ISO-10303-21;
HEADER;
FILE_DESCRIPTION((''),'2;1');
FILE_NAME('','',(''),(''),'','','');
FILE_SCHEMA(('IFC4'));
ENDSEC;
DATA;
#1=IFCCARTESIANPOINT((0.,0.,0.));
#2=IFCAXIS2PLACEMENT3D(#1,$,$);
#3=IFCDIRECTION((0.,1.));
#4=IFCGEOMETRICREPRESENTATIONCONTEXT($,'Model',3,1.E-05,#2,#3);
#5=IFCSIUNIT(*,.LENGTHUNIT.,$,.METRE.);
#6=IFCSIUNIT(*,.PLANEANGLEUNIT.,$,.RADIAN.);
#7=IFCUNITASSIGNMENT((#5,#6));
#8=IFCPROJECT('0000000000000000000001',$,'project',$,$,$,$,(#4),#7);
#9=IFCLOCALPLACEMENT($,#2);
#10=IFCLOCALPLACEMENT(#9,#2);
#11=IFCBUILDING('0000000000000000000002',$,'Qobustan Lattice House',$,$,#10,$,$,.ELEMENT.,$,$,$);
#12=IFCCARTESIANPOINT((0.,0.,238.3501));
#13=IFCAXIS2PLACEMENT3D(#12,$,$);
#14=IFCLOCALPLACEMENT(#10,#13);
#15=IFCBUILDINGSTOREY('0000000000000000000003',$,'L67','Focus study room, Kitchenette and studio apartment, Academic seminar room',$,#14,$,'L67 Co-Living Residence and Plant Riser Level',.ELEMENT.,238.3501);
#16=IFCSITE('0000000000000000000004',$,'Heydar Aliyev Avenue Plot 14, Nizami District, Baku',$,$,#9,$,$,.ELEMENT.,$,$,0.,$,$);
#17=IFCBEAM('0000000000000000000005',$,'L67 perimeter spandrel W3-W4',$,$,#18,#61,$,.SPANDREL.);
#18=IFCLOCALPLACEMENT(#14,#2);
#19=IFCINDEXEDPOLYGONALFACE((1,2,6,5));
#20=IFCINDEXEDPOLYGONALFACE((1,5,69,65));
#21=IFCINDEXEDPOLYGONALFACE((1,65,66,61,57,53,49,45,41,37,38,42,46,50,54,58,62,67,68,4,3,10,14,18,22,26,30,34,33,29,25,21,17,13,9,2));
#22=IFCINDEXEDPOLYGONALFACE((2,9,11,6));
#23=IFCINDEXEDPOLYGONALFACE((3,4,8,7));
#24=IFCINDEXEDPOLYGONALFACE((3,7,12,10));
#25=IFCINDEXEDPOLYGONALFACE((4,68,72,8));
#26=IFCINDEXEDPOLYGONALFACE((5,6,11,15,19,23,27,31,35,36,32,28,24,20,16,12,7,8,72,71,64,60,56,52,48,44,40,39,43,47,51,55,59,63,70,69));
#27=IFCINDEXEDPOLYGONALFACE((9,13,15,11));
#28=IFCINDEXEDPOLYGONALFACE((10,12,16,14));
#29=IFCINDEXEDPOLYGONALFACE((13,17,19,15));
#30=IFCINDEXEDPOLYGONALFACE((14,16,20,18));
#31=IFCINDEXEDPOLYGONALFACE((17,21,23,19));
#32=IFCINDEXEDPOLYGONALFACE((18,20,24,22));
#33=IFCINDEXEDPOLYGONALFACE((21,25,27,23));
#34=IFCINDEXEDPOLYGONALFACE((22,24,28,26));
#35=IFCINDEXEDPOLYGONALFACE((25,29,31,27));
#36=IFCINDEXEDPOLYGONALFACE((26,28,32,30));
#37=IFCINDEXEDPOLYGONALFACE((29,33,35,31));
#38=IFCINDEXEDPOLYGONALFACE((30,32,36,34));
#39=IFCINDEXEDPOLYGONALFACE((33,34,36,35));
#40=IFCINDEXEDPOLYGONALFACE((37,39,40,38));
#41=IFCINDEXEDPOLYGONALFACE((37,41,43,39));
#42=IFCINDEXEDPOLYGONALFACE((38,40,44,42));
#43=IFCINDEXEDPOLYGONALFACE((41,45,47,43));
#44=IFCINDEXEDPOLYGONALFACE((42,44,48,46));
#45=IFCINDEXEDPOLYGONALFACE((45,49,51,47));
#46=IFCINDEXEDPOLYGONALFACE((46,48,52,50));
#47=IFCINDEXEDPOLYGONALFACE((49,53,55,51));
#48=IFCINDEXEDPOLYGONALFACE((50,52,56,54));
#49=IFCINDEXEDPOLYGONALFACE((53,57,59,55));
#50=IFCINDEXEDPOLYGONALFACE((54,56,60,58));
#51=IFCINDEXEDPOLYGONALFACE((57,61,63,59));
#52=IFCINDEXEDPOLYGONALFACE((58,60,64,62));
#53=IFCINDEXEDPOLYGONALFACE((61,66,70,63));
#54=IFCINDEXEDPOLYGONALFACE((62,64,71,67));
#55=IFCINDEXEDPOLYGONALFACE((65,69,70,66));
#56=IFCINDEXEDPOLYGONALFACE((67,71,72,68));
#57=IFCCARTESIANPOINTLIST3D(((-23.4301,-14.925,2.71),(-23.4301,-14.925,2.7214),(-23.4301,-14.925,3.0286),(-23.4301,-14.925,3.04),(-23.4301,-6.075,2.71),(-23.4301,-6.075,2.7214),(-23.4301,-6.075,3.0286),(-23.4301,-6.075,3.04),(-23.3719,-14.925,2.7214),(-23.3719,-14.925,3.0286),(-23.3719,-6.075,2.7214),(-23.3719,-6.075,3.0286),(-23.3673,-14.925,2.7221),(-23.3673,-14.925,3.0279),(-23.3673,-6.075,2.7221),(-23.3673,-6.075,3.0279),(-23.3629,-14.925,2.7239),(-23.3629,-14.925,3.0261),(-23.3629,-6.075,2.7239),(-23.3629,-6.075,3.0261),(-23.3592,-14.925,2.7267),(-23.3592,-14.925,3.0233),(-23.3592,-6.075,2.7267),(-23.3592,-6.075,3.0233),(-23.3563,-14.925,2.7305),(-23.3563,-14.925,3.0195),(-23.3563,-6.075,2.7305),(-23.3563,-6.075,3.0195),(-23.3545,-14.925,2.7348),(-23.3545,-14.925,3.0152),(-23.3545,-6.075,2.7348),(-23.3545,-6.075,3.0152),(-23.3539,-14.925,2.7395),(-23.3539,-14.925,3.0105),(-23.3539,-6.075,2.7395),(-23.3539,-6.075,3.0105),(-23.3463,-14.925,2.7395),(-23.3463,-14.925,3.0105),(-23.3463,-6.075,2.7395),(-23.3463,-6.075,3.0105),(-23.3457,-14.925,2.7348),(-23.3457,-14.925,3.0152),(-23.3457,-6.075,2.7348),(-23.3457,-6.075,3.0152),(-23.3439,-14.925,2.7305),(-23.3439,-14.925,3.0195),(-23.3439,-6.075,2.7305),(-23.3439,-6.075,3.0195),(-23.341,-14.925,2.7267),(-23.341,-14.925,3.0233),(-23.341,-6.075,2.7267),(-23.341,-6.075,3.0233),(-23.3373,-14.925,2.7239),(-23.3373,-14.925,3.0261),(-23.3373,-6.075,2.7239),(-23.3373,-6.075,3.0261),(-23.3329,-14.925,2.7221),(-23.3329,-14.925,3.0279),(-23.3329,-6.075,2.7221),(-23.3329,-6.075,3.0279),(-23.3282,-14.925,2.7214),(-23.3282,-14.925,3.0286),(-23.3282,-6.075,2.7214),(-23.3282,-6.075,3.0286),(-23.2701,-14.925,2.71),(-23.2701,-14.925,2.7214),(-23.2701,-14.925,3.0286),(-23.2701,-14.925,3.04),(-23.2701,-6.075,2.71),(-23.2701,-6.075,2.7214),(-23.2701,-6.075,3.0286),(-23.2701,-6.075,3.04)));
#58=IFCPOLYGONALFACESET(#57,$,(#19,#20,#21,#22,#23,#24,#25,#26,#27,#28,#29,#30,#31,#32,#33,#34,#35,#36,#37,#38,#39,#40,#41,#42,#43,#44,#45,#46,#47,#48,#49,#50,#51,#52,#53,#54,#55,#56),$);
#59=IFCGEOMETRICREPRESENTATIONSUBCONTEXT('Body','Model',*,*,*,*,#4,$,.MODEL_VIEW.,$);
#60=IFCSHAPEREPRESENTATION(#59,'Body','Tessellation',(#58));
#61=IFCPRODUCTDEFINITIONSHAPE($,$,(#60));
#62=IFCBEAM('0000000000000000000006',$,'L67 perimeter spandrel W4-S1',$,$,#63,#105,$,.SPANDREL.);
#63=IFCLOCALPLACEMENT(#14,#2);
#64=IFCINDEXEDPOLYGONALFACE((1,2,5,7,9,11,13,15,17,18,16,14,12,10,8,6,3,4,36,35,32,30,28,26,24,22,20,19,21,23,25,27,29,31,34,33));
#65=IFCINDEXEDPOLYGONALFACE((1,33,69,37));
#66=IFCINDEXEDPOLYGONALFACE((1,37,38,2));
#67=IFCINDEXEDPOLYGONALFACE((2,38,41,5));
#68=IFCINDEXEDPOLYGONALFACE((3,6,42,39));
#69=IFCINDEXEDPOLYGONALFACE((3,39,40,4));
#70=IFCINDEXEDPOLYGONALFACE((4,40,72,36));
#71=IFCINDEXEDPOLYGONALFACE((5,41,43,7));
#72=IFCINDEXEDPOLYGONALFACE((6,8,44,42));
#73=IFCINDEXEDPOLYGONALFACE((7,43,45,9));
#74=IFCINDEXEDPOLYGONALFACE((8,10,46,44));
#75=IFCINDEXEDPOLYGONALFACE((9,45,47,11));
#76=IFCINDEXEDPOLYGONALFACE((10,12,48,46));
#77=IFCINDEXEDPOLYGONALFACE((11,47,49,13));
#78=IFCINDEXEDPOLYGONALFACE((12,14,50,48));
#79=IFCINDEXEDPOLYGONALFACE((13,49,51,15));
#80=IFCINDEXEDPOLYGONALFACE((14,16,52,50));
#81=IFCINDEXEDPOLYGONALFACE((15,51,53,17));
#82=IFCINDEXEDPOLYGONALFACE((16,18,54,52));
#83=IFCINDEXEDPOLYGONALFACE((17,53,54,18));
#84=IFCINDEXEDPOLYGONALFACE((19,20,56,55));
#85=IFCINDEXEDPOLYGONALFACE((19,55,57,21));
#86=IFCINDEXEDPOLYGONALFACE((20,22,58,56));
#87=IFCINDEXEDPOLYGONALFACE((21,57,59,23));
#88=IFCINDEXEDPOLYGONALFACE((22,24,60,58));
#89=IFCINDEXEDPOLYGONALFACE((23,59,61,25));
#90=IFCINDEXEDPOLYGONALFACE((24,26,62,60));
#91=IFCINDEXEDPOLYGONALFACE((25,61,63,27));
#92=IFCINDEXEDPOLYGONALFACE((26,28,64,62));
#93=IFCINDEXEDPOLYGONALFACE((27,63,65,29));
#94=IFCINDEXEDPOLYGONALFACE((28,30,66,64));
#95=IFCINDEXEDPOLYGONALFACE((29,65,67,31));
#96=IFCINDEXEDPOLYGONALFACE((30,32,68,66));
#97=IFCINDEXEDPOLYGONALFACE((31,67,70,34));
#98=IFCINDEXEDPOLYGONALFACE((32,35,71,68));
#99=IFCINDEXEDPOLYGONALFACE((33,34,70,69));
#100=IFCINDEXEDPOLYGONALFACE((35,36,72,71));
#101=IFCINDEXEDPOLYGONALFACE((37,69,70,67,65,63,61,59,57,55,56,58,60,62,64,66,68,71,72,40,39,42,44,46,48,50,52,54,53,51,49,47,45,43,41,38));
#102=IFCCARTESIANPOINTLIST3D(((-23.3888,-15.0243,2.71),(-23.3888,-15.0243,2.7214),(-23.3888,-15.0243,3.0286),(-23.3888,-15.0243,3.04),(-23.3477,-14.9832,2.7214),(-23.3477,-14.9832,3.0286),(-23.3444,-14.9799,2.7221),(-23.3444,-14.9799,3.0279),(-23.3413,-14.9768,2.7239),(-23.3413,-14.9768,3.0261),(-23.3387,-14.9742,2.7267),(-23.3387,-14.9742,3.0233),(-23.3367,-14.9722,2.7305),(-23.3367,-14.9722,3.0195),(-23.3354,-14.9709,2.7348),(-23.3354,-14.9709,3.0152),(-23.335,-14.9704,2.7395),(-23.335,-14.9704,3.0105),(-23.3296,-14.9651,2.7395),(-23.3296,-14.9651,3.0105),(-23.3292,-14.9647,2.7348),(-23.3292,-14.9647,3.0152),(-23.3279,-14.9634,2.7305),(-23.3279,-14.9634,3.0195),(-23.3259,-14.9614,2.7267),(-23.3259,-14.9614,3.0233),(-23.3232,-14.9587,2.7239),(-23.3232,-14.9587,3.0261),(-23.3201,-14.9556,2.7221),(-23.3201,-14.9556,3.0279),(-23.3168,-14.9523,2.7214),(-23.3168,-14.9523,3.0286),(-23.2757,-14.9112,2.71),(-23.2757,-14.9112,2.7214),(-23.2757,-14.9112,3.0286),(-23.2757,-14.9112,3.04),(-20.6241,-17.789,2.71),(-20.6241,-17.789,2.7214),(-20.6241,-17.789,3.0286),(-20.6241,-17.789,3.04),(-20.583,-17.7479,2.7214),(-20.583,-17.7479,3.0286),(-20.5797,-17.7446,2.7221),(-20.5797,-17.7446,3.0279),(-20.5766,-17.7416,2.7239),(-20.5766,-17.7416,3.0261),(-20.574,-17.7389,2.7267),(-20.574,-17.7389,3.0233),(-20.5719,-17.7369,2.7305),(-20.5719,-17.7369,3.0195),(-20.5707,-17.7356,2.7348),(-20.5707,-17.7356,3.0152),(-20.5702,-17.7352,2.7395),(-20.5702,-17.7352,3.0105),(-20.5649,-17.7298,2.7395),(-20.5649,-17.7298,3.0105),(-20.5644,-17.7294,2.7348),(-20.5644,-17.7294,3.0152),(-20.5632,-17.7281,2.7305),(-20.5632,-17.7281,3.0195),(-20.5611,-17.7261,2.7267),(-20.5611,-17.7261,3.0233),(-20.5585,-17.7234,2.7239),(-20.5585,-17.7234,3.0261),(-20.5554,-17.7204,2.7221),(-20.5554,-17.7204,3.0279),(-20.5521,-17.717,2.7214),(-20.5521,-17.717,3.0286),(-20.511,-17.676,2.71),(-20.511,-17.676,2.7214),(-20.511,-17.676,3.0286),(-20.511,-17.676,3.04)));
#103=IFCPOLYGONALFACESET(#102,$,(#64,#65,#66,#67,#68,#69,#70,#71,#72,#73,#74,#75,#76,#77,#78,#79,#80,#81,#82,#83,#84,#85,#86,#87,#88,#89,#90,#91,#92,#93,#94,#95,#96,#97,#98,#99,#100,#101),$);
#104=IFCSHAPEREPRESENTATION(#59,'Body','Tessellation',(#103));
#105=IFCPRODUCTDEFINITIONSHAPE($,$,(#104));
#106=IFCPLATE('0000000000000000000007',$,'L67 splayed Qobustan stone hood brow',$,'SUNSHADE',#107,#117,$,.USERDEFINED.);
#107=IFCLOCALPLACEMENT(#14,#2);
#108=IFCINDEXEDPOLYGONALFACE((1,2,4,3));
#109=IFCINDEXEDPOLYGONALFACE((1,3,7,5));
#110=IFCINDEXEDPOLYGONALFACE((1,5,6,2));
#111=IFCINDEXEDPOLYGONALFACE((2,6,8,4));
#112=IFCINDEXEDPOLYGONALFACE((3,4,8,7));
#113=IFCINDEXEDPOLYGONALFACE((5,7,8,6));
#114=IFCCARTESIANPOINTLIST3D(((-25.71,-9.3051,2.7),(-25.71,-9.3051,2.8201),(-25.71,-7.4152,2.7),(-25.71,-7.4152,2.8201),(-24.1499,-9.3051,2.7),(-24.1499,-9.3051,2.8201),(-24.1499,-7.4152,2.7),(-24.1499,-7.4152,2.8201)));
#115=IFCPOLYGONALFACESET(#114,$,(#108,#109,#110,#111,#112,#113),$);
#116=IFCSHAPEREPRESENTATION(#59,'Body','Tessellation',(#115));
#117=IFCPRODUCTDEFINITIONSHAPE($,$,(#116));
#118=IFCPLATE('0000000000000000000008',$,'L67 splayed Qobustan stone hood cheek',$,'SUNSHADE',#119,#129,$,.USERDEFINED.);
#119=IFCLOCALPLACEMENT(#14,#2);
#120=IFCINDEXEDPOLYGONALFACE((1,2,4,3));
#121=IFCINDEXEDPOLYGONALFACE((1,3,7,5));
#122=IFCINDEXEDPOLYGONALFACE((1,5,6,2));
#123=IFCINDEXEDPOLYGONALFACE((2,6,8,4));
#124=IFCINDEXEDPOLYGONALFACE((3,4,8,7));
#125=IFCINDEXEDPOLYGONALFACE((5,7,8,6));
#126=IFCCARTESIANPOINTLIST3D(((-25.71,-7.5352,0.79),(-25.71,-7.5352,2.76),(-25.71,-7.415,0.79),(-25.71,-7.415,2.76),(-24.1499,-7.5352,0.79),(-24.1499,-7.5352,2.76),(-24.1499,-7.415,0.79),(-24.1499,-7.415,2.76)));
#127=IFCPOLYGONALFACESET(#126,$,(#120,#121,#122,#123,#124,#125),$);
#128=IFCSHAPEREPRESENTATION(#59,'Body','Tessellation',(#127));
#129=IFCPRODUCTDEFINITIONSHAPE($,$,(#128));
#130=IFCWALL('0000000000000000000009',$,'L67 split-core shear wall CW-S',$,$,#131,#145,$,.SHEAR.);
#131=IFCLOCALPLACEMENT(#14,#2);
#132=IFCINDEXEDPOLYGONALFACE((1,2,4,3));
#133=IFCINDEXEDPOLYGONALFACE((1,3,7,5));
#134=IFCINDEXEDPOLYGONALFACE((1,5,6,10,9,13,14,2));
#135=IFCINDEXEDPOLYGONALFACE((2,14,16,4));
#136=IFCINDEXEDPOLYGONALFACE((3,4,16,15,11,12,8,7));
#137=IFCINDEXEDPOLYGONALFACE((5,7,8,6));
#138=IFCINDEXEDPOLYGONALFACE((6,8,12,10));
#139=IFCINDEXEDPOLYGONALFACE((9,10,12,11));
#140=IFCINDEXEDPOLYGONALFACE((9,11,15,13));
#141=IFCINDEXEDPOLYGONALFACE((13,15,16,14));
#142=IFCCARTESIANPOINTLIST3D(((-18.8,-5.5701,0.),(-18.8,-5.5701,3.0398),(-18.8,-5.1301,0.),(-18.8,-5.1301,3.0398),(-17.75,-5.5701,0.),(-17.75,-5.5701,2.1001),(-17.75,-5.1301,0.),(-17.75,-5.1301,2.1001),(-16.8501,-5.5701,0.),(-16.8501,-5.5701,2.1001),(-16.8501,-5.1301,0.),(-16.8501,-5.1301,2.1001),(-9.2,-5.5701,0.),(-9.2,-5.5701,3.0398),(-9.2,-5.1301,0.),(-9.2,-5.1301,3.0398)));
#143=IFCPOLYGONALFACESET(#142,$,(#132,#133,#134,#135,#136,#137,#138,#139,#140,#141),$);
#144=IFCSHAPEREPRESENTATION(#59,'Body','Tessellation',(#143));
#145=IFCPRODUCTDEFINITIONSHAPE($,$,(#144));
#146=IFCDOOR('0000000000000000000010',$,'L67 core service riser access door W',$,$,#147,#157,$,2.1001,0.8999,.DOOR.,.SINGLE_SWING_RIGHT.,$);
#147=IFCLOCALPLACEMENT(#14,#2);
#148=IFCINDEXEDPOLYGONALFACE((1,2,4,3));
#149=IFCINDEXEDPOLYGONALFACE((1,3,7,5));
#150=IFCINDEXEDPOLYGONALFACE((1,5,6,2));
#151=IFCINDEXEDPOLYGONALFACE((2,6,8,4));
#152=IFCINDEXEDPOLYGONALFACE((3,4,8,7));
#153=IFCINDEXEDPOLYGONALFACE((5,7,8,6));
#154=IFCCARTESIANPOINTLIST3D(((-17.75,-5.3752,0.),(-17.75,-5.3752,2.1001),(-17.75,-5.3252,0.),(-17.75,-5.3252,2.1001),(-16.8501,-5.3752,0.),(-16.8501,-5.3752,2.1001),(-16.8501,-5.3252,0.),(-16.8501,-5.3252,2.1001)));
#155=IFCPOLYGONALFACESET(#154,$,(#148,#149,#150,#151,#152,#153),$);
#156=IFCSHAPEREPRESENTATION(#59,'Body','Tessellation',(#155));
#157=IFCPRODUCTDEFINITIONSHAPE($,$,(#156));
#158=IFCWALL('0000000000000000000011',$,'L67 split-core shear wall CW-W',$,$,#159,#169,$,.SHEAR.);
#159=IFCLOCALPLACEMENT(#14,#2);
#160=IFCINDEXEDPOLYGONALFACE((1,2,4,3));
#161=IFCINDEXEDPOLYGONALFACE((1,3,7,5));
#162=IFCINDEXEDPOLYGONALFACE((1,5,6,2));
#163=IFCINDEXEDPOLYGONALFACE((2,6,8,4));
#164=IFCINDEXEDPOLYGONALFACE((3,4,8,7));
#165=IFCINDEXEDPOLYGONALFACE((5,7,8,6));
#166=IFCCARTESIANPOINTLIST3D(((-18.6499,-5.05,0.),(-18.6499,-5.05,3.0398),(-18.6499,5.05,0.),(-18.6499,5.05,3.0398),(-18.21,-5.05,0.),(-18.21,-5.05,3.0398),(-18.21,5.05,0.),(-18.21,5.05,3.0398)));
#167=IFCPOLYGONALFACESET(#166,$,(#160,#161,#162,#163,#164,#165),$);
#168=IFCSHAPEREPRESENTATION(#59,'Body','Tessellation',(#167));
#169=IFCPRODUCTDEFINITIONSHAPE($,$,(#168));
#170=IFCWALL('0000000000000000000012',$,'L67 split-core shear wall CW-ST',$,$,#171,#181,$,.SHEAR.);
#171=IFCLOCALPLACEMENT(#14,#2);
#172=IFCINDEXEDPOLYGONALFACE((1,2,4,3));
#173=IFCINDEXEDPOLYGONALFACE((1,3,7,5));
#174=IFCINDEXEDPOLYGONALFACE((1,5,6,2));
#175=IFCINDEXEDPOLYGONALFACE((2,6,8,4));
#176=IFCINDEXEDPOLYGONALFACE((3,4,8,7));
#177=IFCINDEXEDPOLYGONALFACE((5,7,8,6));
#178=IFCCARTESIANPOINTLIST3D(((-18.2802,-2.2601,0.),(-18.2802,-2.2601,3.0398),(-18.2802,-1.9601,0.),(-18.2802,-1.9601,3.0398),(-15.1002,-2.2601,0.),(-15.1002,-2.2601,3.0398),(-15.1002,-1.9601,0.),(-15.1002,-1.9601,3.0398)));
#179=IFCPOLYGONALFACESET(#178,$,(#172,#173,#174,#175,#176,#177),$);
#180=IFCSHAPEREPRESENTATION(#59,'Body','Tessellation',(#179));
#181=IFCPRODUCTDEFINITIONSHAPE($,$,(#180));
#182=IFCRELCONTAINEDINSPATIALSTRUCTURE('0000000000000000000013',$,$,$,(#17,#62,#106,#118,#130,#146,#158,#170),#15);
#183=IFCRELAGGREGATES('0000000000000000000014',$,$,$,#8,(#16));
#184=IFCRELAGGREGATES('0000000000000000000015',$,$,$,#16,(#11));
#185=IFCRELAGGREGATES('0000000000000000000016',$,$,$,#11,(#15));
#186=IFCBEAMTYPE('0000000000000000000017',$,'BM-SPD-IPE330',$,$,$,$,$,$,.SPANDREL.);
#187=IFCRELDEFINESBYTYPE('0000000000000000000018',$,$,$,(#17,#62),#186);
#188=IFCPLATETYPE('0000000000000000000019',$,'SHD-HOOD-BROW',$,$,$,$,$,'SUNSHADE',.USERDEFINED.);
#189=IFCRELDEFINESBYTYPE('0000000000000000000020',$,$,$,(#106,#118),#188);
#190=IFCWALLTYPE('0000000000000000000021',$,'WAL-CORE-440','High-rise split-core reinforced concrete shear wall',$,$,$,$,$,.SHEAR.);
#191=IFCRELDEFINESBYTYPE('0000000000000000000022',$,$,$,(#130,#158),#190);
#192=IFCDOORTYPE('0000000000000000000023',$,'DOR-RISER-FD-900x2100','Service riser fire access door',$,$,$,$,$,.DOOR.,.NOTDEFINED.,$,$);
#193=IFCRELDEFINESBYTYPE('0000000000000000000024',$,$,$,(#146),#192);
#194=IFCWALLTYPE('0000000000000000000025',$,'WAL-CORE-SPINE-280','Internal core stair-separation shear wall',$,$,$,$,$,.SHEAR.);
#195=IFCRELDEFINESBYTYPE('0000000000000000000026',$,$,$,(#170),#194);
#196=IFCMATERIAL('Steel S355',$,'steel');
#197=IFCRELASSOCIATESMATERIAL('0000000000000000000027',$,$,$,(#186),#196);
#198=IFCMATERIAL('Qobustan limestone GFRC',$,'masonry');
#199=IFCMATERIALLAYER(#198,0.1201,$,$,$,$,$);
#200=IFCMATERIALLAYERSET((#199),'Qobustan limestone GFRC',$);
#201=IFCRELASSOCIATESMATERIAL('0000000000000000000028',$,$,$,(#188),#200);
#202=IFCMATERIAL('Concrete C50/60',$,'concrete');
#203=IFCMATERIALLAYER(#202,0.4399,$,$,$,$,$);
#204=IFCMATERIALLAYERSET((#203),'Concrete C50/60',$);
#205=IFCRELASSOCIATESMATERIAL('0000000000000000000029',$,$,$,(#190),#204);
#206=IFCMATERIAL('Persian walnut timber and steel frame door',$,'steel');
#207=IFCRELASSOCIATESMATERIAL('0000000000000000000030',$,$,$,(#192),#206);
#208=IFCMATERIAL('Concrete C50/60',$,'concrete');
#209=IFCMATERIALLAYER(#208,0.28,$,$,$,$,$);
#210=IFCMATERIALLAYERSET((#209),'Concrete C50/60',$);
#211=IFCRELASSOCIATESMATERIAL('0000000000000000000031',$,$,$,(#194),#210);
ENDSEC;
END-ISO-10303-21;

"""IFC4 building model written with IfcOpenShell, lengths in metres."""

from ifc_helpers import new_model, si_unit, direction, frame, frame_2d, origin, origin_2d, place, context, subcontext, project, spatial, rectangle, i_section, extrude, material, layer, layer_set, material_profile, profile_set, type_object, element, fill, save


model = new_model("IFC4")

# Units and contexts
model_context = context("Model", 3, precision=1e-05, world=origin(), true_north=direction((0.0, 1.0)))
body_context = subcontext(model_context, "Body", "Model", "MODEL_VIEW")
ifc_project = project(units=[si_unit("LENGTHUNIT", "METRE"), si_unit("PLANEANGLEUNIT", "RADIAN")], contexts=[model_context])

# Site, building, storey
site_placement = place(None, origin())
site = spatial("IfcSite", under=ifc_project, at=site_placement, Name="Heydar Aliyev Avenue Plot 14, Nizami District, Baku", CompositionType="ELEMENT", RefElevation=0.0)
building_placement = place(site_placement, origin())
building = spatial("IfcBuilding", under=site, at=building_placement, Name="Qobustan Lattice House", CompositionType="ELEMENT")
storey_placement = place(building_placement, frame((0.0, 0.0, 238.3501)))
storey = spatial("IfcBuildingStorey", under=building, at=storey_placement, Name="L67", Description="Focus study room, Kitchenette and studio apartment, Academic seminar room", LongName="L67 Co-Living Residence and Plant Riser Level", CompositionType="ELEMENT", Elevation=238.3501)

# Beams
ifc_material_1 = material(Name="Steel S355", Category="steel")
ifc_material_profile_1 = material_profile(ifc_material_1, i_section(OverallWidth=0.1599, OverallDepth=0.3301, WebThickness=0.0076, FlangeThickness=0.0115, FilletRadius=0.0181, at=origin_2d()), Name="IPE330")
ifc_profile_set_1 = profile_set([ifc_material_profile_1], Name="Steel S355")
beam_type_1 = type_object("IfcBeamType", Name="BM-SPD-IPE330", PredefinedType="SPANDREL", material=ifc_profile_set_1)
beam_1_placement = place(storey_placement, frame((-23.3501, -6.075, 2.875), z_axis=(0.0, -1.0, 0.0), x_axis=(1.0, 0.0, 0.0)))
element("IfcBeam", 1, at=beam_1_placement, inside=storey, type_object=beam_type_1, Name="L67 perimeter spandrel W3-W4", PredefinedType="SPANDREL", context=body_context, shape_type="SweptSolid", body=[
    extrude(i_section(OverallWidth=0.1599, OverallDepth=0.3301, WebThickness=0.0076, FlangeThickness=0.0115, FilletRadius=0.0181, at=origin_2d()), origin(), (0.0, 0.0, 1.0), 8.8501),
])
beam_2_placement = place(storey_placement, frame((-23.3323, -14.9678, 2.875), z_axis=(0.707107, -0.707107, 0.0), x_axis=(0.707107, 0.707107, 0.0)))
element("IfcBeam", 2, at=beam_2_placement, inside=storey, type_object=beam_type_1, Name="L67 perimeter spandrel W4-S1", PredefinedType="SPANDREL", context=body_context, shape_type="SweptSolid", body=[
    extrude(i_section(OverallWidth=0.1599, OverallDepth=0.3301, WebThickness=0.0076, FlangeThickness=0.0115, FilletRadius=0.0181, at=origin_2d()), origin(), (0.0, 0.0, 1.0), 3.9099),
])

# Plates
ifc_material_2 = material(Name="Qobustan limestone GFRC", Category="masonry")
ifc_layer_1 = layer(ifc_material_2, 0.1201)
ifc_layer_set_1 = layer_set([ifc_layer_1], Name="Qobustan limestone GFRC")
plate_type = type_object("IfcPlateType", Name="SHD-HOOD-BROW", ElementType="SUNSHADE", PredefinedType="USERDEFINED", material=ifc_layer_set_1)
plate_1_placement = place(storey_placement, frame((-24.9299, -8.3601, 2.7), z_axis=(0.0, 0.0, 1.0), x_axis=(0.0, 1.0, 0.0)))
element("IfcPlate", 3, at=plate_1_placement, inside=storey, type_object=plate_type, Name="L67 splayed Qobustan stone hood brow", ObjectType="SUNSHADE", PredefinedType="USERDEFINED", context=body_context, shape_type="SweptSolid", body=[
    extrude(rectangle(XDim=1.8899, YDim=1.5601, at=origin_2d()), origin(), (0.0, 0.0, 1.0), 0.1201),
])
plate_2_placement = place(storey_placement, frame((-24.9299, -7.4751, 0.79), z_axis=(0.0, 0.0, 1.0), x_axis=(0.0, 1.0, 0.0)))
element("IfcPlate", 4, at=plate_2_placement, inside=storey, type_object=plate_type, Name="L67 splayed Qobustan stone hood cheek", ObjectType="SUNSHADE", PredefinedType="USERDEFINED", context=body_context, shape_type="SweptSolid", body=[
    extrude(rectangle(XDim=0.1201, YDim=1.5601, at=origin_2d()), origin(), (0.0, 0.0, 1.0), 1.97),
])

# Wall, opening, door
ifc_material_3 = material(Name="Concrete C50/60", Category="concrete")
ifc_layer_2 = layer(ifc_material_3, 0.4399)
ifc_layer_set_2 = layer_set([ifc_layer_2], Name="Concrete C50/60")
wall_type_1 = type_object("IfcWallType", Name="WAL-CORE-440", Description="High-rise split-core reinforced concrete shear wall", PredefinedType="SHEAR", material=ifc_layer_set_2)
wall_1_placement = place(storey_placement, frame((-18.8, -5.3501, 0.0), z_axis=(0.0, 0.0, 1.0), x_axis=(1.0, 0.0, 0.0)))
wall_1 = element("IfcWall", 5, at=wall_1_placement, inside=storey, type_object=wall_type_1, Name="L67 split-core shear wall CW-S", PredefinedType="SHEAR", context=body_context, shape_type="SweptSolid", body=[
    extrude(rectangle(XDim=9.6001, YDim=0.4399, at=frame_2d((4.8, 0.0))), origin(), (0.0, 0.0, 1.0), 3.0398),
])
opening_1_placement = place(wall_1_placement, frame((1.05, 0.0, 0.0)))
opening_1 = element("IfcOpeningElement", 6, at=opening_1_placement, cuts=wall_1, PredefinedType="OPENING", context=body_context, shape_type="SweptSolid", body=[
    extrude(rectangle(XDim=0.8999, YDim=2.1001, at=frame_2d((0.45, 1.05))), frame((0.0, 0.23, 0.0), z_axis=(0.0, -1.0, 0.0), x_axis=(1.0, 0.0, 0.0)), (0.0, 0.0, 1.0), 0.46),
])
ifc_material_4 = material(Name="Persian walnut timber and steel frame door", Category="steel")
door_type_1 = type_object("IfcDoorType", Name="DOR-RISER-FD-900x2100", Description="Service riser fire access door", OperationType="NOTDEFINED", PredefinedType="DOOR", material=ifc_material_4)
door_1_placement = place(opening_1_placement, origin())
door_1 = element("IfcDoor", 7, at=door_1_placement, inside=storey, type_object=door_type_1, Name="L67 core service riser access door W", OperationType="SINGLE_SWING_RIGHT", OverallHeight=2.1001, OverallWidth=0.8999, PredefinedType="DOOR", context=body_context, shape_type="SweptSolid", body=[
    extrude(rectangle(XDim=0.8999, YDim=2.1001, at=frame_2d((0.45, 1.05))), frame((0.0, 0.0249, 0.0), z_axis=(0.0, -1.0, 0.0), x_axis=(1.0, 0.0, 0.0)), (0.0, 0.0, 1.0), 0.05),
])
fill(opening_1, door_1)

# Walls
wall_2_placement = place(storey_placement, frame((-18.4299, -5.05, 0.0), z_axis=(0.0, 0.0, 1.0), x_axis=(0.0, 1.0, 0.0)))
element("IfcWall", 8, at=wall_2_placement, inside=storey, type_object=wall_type_1, Name="L67 split-core shear wall CW-W", PredefinedType="SHEAR", context=body_context, shape_type="SweptSolid", body=[
    extrude(rectangle(XDim=10.1001, YDim=0.4399, at=frame_2d((5.05, 0.0))), origin(), (0.0, 0.0, 1.0), 3.0398),
])
ifc_material_5 = material(Name="Concrete C50/60", Category="concrete")
ifc_layer_3 = layer(ifc_material_5, 0.28)
ifc_layer_set_3 = layer_set([ifc_layer_3], Name="Concrete C50/60")
wall_type_2 = type_object("IfcWallType", Name="WAL-CORE-SPINE-280", Description="Internal core stair-separation shear wall", PredefinedType="SHEAR", material=ifc_layer_set_3)
wall_3_placement = place(storey_placement, frame((-18.28, -2.1101, 0.0), z_axis=(0.0, 0.0, 1.0), x_axis=(1.0, 0.0, 0.0)))
element("IfcWall", 9, at=wall_3_placement, inside=storey, type_object=wall_type_2, Name="L67 split-core shear wall CW-ST", PredefinedType="SHEAR", context=body_context, shape_type="SweptSolid", body=[
    extrude(rectangle(XDim=3.1799, YDim=0.3, at=frame_2d((1.5898, 0.0))), origin(), (0.0, 0.0, 1.0), 3.0398),
])

save(model, "model.ifc")
